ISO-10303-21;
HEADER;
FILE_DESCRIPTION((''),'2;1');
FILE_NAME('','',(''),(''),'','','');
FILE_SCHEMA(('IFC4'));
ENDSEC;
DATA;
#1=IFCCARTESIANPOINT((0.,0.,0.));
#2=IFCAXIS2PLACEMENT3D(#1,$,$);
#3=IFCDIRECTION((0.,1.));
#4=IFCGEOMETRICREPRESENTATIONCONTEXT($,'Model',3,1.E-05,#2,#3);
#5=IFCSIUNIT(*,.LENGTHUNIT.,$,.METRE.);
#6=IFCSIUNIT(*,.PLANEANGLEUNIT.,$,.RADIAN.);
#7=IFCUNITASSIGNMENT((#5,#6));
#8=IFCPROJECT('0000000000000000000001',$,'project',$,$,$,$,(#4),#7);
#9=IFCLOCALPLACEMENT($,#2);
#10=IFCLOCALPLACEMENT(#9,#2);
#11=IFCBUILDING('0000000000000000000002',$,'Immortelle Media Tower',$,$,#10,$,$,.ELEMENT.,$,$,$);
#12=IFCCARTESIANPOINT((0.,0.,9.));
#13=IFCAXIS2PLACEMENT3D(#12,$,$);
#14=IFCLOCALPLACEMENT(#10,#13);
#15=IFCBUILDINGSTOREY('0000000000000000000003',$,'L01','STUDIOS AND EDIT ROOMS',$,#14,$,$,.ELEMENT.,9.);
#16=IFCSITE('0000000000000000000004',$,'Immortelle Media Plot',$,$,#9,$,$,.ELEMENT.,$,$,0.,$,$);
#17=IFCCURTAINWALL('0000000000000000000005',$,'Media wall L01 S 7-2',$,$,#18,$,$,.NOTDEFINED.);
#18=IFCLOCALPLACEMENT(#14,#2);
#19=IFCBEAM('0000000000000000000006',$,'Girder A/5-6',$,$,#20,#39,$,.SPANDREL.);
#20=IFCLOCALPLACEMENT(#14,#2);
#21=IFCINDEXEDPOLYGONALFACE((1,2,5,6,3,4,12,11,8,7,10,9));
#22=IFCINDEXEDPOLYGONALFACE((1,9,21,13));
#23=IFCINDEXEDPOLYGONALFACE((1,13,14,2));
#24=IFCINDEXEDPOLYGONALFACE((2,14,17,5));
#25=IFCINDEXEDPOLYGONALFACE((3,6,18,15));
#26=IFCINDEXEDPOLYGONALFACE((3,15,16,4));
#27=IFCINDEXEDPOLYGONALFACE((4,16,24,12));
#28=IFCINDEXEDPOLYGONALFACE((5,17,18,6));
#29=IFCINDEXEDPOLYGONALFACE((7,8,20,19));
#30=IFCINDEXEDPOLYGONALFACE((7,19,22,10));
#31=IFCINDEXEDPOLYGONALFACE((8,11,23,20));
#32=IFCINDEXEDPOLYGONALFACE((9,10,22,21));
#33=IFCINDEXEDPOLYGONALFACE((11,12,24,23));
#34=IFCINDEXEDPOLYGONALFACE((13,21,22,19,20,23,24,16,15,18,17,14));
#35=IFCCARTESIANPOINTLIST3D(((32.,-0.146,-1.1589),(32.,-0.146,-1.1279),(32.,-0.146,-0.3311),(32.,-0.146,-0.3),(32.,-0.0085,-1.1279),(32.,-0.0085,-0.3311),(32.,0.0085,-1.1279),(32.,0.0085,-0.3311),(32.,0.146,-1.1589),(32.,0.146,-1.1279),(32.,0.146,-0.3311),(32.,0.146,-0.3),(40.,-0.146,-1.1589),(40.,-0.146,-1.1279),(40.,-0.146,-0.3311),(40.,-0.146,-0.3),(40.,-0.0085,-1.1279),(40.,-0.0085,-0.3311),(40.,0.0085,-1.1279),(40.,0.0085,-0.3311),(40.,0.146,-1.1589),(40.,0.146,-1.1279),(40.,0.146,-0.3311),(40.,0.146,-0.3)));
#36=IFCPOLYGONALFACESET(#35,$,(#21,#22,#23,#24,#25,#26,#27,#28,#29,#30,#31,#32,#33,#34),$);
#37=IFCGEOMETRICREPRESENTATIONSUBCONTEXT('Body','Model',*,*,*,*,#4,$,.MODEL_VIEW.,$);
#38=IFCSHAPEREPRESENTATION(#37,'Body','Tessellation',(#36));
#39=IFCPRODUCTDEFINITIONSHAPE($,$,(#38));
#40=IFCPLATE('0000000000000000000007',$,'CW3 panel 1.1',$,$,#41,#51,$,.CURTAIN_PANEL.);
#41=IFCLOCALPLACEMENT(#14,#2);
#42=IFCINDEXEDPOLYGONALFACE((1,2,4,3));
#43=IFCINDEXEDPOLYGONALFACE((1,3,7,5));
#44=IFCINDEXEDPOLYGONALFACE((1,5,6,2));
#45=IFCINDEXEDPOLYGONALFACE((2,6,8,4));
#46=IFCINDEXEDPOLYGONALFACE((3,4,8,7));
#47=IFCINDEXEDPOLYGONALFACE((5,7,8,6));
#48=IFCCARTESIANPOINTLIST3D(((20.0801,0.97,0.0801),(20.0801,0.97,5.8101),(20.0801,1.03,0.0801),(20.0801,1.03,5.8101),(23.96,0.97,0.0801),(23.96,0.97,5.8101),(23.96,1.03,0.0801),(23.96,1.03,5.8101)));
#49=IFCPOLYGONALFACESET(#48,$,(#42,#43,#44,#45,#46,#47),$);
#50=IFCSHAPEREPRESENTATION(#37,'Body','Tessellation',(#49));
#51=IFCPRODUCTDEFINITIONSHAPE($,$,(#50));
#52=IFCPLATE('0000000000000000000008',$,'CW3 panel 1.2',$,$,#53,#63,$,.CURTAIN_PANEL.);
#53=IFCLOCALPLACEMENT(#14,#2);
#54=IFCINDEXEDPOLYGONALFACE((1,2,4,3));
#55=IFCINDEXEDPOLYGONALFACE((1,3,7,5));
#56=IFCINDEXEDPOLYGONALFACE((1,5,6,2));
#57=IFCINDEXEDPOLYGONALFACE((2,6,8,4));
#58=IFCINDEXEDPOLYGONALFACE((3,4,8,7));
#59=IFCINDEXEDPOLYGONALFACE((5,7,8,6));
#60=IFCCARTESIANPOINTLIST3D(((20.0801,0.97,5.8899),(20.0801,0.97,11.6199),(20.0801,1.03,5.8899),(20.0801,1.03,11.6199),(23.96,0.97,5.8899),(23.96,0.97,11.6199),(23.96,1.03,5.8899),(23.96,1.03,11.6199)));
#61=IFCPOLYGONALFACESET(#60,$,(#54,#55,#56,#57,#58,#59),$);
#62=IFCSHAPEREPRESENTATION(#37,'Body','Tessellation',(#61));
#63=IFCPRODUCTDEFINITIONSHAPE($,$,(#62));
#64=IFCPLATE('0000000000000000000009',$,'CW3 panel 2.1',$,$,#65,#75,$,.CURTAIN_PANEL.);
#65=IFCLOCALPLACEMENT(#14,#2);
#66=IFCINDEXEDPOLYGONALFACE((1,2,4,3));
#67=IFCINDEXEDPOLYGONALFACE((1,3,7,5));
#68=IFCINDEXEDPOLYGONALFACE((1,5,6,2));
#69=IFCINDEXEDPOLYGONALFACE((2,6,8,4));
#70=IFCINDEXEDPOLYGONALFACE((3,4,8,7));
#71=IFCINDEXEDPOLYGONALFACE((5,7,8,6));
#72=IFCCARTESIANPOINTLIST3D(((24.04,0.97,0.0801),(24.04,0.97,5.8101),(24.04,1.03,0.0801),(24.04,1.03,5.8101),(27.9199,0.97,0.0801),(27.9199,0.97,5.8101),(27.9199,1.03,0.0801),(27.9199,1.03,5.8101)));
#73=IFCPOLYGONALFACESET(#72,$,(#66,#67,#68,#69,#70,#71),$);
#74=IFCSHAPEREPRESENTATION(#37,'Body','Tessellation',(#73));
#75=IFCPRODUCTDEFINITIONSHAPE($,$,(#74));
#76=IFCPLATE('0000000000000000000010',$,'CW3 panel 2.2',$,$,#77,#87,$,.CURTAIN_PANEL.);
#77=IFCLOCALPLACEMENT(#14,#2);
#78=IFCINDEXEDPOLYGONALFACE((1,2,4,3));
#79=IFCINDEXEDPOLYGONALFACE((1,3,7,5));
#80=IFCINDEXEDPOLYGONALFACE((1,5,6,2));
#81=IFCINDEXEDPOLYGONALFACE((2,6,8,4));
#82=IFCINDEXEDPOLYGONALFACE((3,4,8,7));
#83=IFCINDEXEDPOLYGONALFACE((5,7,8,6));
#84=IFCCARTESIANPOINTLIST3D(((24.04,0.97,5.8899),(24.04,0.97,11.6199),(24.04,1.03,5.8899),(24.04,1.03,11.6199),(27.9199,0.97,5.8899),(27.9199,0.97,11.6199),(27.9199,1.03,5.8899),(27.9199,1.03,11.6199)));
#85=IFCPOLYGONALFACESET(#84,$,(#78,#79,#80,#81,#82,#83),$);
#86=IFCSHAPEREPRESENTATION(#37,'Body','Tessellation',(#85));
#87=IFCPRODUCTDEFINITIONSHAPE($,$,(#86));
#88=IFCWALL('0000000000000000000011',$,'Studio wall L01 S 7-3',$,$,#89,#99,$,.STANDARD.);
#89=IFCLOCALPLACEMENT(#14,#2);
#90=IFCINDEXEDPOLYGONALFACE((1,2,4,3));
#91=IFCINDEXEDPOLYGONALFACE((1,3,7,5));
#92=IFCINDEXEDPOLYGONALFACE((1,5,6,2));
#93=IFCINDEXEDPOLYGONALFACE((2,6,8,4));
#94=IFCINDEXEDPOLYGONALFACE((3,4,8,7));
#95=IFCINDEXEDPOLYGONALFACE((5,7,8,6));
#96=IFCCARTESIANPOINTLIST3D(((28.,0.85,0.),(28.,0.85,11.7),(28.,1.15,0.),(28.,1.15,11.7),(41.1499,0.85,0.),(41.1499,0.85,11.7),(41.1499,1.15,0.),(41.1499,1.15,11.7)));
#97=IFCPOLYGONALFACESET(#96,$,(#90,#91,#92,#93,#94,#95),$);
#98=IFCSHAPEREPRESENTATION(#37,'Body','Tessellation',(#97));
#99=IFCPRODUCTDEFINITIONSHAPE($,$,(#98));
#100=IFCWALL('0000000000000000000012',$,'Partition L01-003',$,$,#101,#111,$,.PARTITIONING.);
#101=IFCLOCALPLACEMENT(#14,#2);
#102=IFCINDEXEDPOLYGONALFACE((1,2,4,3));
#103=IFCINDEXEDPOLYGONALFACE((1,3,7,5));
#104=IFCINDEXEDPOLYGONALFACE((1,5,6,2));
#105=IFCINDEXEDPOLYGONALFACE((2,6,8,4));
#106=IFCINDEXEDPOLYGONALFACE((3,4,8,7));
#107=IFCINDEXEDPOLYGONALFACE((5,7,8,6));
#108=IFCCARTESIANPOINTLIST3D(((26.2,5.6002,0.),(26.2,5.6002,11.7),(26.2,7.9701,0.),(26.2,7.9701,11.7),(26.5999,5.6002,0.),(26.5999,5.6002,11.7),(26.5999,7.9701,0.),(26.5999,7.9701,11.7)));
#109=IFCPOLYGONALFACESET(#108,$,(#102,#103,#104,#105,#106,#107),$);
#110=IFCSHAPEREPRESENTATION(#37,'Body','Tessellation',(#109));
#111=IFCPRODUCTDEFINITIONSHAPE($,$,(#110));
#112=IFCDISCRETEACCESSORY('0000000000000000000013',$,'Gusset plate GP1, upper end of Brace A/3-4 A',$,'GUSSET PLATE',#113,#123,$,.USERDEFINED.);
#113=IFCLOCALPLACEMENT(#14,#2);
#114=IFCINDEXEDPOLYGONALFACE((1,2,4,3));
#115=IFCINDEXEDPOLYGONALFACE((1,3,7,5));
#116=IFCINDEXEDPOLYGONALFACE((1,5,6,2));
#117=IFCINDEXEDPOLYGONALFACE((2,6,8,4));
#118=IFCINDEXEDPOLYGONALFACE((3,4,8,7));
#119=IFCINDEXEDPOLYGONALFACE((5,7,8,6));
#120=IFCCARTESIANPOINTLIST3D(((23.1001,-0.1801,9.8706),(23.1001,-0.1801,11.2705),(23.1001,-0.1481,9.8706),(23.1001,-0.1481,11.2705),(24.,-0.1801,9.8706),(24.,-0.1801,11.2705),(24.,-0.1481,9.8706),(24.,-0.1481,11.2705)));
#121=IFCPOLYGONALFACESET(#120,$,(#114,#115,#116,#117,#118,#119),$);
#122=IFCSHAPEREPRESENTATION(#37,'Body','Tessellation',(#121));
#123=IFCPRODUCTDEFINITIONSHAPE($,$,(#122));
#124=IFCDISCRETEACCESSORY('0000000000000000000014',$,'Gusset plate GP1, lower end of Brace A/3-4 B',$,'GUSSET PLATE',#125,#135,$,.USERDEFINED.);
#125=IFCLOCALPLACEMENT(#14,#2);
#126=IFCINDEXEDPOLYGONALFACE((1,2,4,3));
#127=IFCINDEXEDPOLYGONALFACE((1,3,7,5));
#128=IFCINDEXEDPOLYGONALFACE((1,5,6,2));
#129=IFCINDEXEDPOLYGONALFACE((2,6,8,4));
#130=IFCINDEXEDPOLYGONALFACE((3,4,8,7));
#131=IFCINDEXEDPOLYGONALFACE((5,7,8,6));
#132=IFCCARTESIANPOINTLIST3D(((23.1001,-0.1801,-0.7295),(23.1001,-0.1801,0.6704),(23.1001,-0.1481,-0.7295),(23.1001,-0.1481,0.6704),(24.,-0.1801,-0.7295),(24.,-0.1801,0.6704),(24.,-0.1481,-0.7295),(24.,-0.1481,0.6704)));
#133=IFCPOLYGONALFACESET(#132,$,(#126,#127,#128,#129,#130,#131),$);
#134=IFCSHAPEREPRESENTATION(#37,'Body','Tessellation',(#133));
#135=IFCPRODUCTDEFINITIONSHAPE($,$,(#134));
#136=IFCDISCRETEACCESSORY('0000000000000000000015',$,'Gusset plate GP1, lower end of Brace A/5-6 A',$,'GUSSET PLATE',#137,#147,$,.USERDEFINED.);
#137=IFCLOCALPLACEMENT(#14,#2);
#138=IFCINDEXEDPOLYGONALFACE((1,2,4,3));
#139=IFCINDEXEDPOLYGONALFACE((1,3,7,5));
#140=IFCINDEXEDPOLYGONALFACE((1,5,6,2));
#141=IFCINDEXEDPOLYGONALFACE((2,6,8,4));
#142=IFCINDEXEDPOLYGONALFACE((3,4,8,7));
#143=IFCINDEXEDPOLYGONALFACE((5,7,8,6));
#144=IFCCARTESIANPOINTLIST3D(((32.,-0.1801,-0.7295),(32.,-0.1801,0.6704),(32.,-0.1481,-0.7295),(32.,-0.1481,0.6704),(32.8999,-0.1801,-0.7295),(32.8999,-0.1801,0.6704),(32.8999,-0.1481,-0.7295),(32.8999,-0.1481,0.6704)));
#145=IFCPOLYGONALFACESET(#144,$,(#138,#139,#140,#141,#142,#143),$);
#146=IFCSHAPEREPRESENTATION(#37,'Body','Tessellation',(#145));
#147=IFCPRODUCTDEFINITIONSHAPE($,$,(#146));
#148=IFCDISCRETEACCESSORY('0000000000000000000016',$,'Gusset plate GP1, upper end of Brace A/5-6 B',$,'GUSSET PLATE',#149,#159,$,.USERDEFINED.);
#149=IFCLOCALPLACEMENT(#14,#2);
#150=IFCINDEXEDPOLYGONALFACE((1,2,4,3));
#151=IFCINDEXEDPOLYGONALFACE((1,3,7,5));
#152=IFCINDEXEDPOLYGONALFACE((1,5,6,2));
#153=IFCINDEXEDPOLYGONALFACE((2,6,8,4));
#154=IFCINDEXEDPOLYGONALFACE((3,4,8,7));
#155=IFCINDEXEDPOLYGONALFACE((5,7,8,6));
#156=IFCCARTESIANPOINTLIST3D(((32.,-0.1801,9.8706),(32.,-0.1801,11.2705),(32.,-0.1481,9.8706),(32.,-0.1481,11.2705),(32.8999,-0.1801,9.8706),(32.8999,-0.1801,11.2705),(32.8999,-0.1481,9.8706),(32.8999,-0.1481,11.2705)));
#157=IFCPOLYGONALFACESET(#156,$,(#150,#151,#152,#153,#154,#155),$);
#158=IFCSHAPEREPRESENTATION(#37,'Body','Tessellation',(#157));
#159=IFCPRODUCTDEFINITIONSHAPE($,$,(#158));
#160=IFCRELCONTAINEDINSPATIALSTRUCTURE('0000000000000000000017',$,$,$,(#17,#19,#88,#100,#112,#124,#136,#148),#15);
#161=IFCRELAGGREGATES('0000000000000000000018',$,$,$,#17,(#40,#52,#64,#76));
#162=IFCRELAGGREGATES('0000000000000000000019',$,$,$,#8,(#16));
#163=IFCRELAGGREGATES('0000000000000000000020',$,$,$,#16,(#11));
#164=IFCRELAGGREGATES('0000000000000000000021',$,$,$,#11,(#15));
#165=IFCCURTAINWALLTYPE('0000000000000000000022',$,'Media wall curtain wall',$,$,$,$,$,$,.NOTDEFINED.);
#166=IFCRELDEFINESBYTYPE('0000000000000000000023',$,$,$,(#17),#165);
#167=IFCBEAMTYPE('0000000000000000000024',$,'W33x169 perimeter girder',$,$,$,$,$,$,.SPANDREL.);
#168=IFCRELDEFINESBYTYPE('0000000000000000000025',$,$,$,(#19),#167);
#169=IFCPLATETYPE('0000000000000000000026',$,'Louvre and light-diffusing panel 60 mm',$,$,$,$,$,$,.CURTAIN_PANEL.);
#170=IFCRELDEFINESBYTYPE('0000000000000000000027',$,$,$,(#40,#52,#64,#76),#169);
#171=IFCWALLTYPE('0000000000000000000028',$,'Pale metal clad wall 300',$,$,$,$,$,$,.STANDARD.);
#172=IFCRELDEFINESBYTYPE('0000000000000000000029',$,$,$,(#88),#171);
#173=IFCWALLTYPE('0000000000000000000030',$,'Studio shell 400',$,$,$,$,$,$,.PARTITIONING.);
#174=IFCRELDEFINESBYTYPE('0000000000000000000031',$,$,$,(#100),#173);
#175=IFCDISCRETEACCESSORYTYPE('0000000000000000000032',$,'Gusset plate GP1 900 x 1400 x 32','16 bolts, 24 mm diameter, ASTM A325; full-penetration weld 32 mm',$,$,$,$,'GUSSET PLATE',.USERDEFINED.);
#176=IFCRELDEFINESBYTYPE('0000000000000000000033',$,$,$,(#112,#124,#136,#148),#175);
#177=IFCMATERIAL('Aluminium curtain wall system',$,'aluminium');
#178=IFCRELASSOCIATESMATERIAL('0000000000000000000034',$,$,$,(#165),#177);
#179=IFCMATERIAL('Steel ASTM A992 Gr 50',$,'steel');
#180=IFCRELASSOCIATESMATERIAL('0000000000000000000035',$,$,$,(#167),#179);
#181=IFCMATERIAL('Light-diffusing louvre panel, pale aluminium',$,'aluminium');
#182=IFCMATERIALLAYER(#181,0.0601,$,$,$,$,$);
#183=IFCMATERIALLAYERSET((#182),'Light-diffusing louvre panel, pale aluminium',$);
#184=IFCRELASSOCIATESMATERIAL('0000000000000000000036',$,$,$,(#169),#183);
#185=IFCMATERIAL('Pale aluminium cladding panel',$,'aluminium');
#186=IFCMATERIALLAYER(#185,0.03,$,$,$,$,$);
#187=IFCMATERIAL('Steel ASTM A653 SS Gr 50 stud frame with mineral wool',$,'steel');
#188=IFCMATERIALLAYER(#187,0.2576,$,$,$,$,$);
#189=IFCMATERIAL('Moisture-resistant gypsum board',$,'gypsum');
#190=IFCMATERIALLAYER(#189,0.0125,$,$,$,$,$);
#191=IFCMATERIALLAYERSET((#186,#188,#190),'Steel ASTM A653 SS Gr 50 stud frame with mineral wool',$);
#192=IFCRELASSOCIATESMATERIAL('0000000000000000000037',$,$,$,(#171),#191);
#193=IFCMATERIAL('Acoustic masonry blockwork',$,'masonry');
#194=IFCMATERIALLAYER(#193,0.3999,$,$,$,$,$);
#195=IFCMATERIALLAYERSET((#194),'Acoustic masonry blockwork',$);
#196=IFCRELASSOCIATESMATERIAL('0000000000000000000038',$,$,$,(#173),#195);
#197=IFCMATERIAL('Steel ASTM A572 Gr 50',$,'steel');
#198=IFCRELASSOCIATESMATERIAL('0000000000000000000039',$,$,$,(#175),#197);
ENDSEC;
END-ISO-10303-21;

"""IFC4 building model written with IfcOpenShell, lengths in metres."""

from ifc_helpers import new_model, si_unit, direction, frame, frame_2d, origin, origin_2d, place, context, subcontext, project, spatial, rectangle, i_section, extrude, material, layer, layer_set, material_profile, profile_set, type_object, element, aggregate, save


model = new_model("IFC4")

# Units and contexts
model_context = context("Model", 3, precision=1e-05, world=origin(), true_north=direction((0.0, 1.0)))
body_context = subcontext(model_context, "Body", "Model", "MODEL_VIEW")
ifc_project = project(units=[si_unit("LENGTHUNIT", "METRE"), si_unit("PLANEANGLEUNIT", "RADIAN")], contexts=[model_context])

# Site, building, storey
site_placement = place(None, origin())
site = spatial("IfcSite", under=ifc_project, at=site_placement, Name="Immortelle Media Plot", CompositionType="ELEMENT", RefElevation=0.0)
building_placement = place(site_placement, origin())
building = spatial("IfcBuilding", under=site, at=building_placement, Name="Immortelle Media Tower", CompositionType="ELEMENT")
storey_placement = place(building_placement, frame((0.0, 0.0, 9.0)))
storey = spatial("IfcBuildingStorey", under=building, at=storey_placement, Name="L01", Description="STUDIOS AND EDIT ROOMS", CompositionType="ELEMENT", Elevation=9.0)

# Shared definitions
ifc_material_1 = material(Name="Steel ASTM A992 Gr 50", Category="steel")

# Curtain wall
ifc_material_2 = material(Name="Aluminium curtain wall system", Category="aluminium")
curtain_wall_type = type_object("IfcCurtainWallType", Name="Media wall curtain wall", PredefinedType="NOTDEFINED", material=ifc_material_2)
curtain_wall_placement = place(storey_placement, origin())
curtain_wall = element("IfcCurtainWall", 1, at=curtain_wall_placement, inside=storey, type_object=curtain_wall_type, Name="Media wall L01 S 7-2", PredefinedType="NOTDEFINED")

# Beam
ifc_material_profile_1 = material_profile(ifc_material_1, i_section(OverallWidth=0.292, OverallDepth=0.8589, WebThickness=0.0171, FlangeThickness=0.031, at=origin_2d()), Name="W33x169")
ifc_profile_set_1 = profile_set([ifc_material_profile_1], Name="Steel ASTM A992 Gr 50")
beam_type_1 = type_object("IfcBeamType", Name="W33x169 perimeter girder", PredefinedType="SPANDREL", material=ifc_profile_set_1)
for number, where, z_axis, x_axis, name in (
    (2, (32.0, 0.0, -0.7295), (1.0, 0.0, 0.0), (0.0, 1.0, 0.0), "Girder A/5-6"),
):
    element("IfcBeam", number, at=place(storey_placement, frame(where, z_axis=z_axis, x_axis=x_axis)), inside=storey, type_object=beam_type_1, Name=name, PredefinedType="SPANDREL", context=body_context, shape_type="SweptSolid", body=[
        extrude(i_section(OverallWidth=0.292, OverallDepth=0.8589, WebThickness=0.0171, FlangeThickness=0.031, at=origin_2d()), origin(), (0.0, 0.0, 1.0), 8.0),
    ])

# Plates
ifc_material_3 = material(Name="Light-diffusing louvre panel, pale aluminium", Category="aluminium")
ifc_layer_1 = layer(ifc_material_3, 0.0601)
ifc_layer_set_1 = layer_set([ifc_layer_1], Name="Light-diffusing louvre panel, pale aluminium")
plate_type = type_object("IfcPlateType", Name="Louvre and light-diffusing panel 60 mm", PredefinedType="CURTAIN_PANEL", material=ifc_layer_set_1)
plate_1_placement = place(storey_placement, frame((22.02, 1.0, 0.0801), z_axis=(0.0, 0.0, 1.0), x_axis=(1.0, 0.0, 0.0)))
plate_1 = element("IfcPlate", 3, at=plate_1_placement, type_object=plate_type, Name="CW3 panel 1.1", PredefinedType="CURTAIN_PANEL", context=body_context, shape_type="SweptSolid", body=[
    extrude(rectangle(XDim=3.8799, YDim=0.0601, at=origin_2d()), origin(), (0.0, 0.0, 1.0), 5.73),
])
plate_2_placement = place(storey_placement, frame((22.02, 1.0, 5.8899), z_axis=(0.0, 0.0, 1.0), x_axis=(1.0, 0.0, 0.0)))
plate_2 = element("IfcPlate", 4, at=plate_2_placement, type_object=plate_type, Name="CW3 panel 1.2", PredefinedType="CURTAIN_PANEL", context=body_context, shape_type="SweptSolid", body=[
    extrude(rectangle(XDim=3.8799, YDim=0.0601, at=origin_2d()), origin(), (0.0, 0.0, 1.0), 5.73),
])
plate_3_placement = place(storey_placement, frame((25.98, 1.0, 0.0801), z_axis=(0.0, 0.0, 1.0), x_axis=(1.0, 0.0, 0.0)))
plate_3 = element("IfcPlate", 5, at=plate_3_placement, type_object=plate_type, Name="CW3 panel 2.1", PredefinedType="CURTAIN_PANEL", context=body_context, shape_type="SweptSolid", body=[
    extrude(rectangle(XDim=3.8799, YDim=0.0601, at=origin_2d()), origin(), (0.0, 0.0, 1.0), 5.73),
])
plate_4_placement = place(storey_placement, frame((25.98, 1.0, 5.8899), z_axis=(0.0, 0.0, 1.0), x_axis=(1.0, 0.0, 0.0)))
plate_4 = element("IfcPlate", 6, at=plate_4_placement, type_object=plate_type, Name="CW3 panel 2.2", PredefinedType="CURTAIN_PANEL", context=body_context, shape_type="SweptSolid", body=[
    extrude(rectangle(XDim=3.8799, YDim=0.0601, at=origin_2d()), origin(), (0.0, 0.0, 1.0), 5.73),
])
aggregate(curtain_wall, [plate_1, plate_2, plate_3, plate_4])

# Walls
ifc_material_4 = material(Name="Pale aluminium cladding panel", Category="aluminium")
ifc_layer_2 = layer(ifc_material_4, 0.03)
ifc_material_5 = material(Name="Steel ASTM A653 SS Gr 50 stud frame with mineral wool", Category="steel")
ifc_layer_3 = layer(ifc_material_5, 0.2576)
ifc_material_6 = material(Name="Moisture-resistant gypsum board", Category="gypsum")
ifc_layer_4 = layer(ifc_material_6, 0.0125)
ifc_layer_set_2 = layer_set([ifc_layer_2, ifc_layer_3, ifc_layer_4], Name="Steel ASTM A653 SS Gr 50 stud frame with mineral wool")
wall_type_1 = type_object("IfcWallType", Name="Pale metal clad wall 300", PredefinedType="STANDARD", material=ifc_layer_set_2)
wall_1_placement = place(storey_placement, frame((28.0, 1.0, 0.0), z_axis=(0.0, 0.0, 1.0), x_axis=(1.0, 0.0, 0.0)))
element("IfcWall", 7, at=wall_1_placement, inside=storey, type_object=wall_type_1, Name="Studio wall L01 S 7-3", PredefinedType="STANDARD", context=body_context, shape_type="SweptSolid", body=[
    extrude(rectangle(XDim=13.1499, YDim=0.3, at=frame_2d((6.575, 0.0))), origin(), (0.0, 0.0, 1.0), 11.7),
])
ifc_material_7 = material(Name="Acoustic masonry blockwork", Category="masonry")
ifc_layer_5 = layer(ifc_material_7, 0.3999)
ifc_layer_set_3 = layer_set([ifc_layer_5], Name="Acoustic masonry blockwork")
wall_type_2 = type_object("IfcWallType", Name="Studio shell 400", PredefinedType="PARTITIONING", material=ifc_layer_set_3)
wall_2_placement = place(storey_placement, frame((26.3999, 5.6001, 0.0), z_axis=(0.0, 0.0, 1.0), x_axis=(0.0, 1.0, 0.0)))
element("IfcWall", 8, at=wall_2_placement, inside=storey, type_object=wall_type_2, Name="Partition L01-003", PredefinedType="PARTITIONING", context=body_context, shape_type="SweptSolid", body=[
    extrude(rectangle(XDim=2.3699, YDim=0.3999, at=frame_2d((1.1851, 0.0))), origin(), (0.0, 0.0, 1.0), 11.7),
])

# Discrete accessories
ifc_material_8 = material(Name="Steel ASTM A572 Gr 50", Category="steel")
ifc_material_profile_2 = material_profile(ifc_material_8, rectangle(XDim=0.032, YDim=1.3999, at=origin_2d()), Name="PL 32 x 1400")
ifc_profile_set_2 = profile_set([ifc_material_profile_2], Name="Steel ASTM A572 Gr 50")
discrete_accessory_type = type_object("IfcDiscreteAccessoryType", Name="Gusset plate GP1 900 x 1400 x 32", Description="16 bolts, 24 mm diameter, ASTM A325; full-penetration weld 32 mm", ElementType="GUSSET PLATE", PredefinedType="USERDEFINED", material=ifc_profile_set_2)
for number, where, z_axis, x_axis, name in (
    (9, (24.0, -0.1641, 10.5706), (-1.0, 0.0, 0.0), (0.0, -1.0, 0.0), "Gusset plate GP1, upper end of Brace A/3-4 A"),
    (10, (24.0, -0.1641, -0.0295), (-1.0, 0.0, 0.0), (0.0, -1.0, 0.0), "Gusset plate GP1, lower end of Brace A/3-4 B"),
    (11, (32.0, -0.1641, -0.0295), (1.0, 0.0, 0.0), (0.0, 1.0, 0.0), "Gusset plate GP1, lower end of Brace A/5-6 A"),
    (12, (32.0, -0.1641, 10.5706), (1.0, 0.0, 0.0), (0.0, 1.0, 0.0), "Gusset plate GP1, upper end of Brace A/5-6 B"),
):
    element("IfcDiscreteAccessory", number, at=place(storey_placement, frame(where, z_axis=z_axis, x_axis=x_axis)), inside=storey, type_object=discrete_accessory_type, Name=name, ObjectType="GUSSET PLATE", PredefinedType="USERDEFINED", context=body_context, shape_type="SweptSolid", body=[
        extrude(rectangle(XDim=0.032, YDim=1.3999, at=origin_2d()), origin(), (0.0, 0.0, 1.0), 0.8999),
    ])

save(model, "model.ifc")
